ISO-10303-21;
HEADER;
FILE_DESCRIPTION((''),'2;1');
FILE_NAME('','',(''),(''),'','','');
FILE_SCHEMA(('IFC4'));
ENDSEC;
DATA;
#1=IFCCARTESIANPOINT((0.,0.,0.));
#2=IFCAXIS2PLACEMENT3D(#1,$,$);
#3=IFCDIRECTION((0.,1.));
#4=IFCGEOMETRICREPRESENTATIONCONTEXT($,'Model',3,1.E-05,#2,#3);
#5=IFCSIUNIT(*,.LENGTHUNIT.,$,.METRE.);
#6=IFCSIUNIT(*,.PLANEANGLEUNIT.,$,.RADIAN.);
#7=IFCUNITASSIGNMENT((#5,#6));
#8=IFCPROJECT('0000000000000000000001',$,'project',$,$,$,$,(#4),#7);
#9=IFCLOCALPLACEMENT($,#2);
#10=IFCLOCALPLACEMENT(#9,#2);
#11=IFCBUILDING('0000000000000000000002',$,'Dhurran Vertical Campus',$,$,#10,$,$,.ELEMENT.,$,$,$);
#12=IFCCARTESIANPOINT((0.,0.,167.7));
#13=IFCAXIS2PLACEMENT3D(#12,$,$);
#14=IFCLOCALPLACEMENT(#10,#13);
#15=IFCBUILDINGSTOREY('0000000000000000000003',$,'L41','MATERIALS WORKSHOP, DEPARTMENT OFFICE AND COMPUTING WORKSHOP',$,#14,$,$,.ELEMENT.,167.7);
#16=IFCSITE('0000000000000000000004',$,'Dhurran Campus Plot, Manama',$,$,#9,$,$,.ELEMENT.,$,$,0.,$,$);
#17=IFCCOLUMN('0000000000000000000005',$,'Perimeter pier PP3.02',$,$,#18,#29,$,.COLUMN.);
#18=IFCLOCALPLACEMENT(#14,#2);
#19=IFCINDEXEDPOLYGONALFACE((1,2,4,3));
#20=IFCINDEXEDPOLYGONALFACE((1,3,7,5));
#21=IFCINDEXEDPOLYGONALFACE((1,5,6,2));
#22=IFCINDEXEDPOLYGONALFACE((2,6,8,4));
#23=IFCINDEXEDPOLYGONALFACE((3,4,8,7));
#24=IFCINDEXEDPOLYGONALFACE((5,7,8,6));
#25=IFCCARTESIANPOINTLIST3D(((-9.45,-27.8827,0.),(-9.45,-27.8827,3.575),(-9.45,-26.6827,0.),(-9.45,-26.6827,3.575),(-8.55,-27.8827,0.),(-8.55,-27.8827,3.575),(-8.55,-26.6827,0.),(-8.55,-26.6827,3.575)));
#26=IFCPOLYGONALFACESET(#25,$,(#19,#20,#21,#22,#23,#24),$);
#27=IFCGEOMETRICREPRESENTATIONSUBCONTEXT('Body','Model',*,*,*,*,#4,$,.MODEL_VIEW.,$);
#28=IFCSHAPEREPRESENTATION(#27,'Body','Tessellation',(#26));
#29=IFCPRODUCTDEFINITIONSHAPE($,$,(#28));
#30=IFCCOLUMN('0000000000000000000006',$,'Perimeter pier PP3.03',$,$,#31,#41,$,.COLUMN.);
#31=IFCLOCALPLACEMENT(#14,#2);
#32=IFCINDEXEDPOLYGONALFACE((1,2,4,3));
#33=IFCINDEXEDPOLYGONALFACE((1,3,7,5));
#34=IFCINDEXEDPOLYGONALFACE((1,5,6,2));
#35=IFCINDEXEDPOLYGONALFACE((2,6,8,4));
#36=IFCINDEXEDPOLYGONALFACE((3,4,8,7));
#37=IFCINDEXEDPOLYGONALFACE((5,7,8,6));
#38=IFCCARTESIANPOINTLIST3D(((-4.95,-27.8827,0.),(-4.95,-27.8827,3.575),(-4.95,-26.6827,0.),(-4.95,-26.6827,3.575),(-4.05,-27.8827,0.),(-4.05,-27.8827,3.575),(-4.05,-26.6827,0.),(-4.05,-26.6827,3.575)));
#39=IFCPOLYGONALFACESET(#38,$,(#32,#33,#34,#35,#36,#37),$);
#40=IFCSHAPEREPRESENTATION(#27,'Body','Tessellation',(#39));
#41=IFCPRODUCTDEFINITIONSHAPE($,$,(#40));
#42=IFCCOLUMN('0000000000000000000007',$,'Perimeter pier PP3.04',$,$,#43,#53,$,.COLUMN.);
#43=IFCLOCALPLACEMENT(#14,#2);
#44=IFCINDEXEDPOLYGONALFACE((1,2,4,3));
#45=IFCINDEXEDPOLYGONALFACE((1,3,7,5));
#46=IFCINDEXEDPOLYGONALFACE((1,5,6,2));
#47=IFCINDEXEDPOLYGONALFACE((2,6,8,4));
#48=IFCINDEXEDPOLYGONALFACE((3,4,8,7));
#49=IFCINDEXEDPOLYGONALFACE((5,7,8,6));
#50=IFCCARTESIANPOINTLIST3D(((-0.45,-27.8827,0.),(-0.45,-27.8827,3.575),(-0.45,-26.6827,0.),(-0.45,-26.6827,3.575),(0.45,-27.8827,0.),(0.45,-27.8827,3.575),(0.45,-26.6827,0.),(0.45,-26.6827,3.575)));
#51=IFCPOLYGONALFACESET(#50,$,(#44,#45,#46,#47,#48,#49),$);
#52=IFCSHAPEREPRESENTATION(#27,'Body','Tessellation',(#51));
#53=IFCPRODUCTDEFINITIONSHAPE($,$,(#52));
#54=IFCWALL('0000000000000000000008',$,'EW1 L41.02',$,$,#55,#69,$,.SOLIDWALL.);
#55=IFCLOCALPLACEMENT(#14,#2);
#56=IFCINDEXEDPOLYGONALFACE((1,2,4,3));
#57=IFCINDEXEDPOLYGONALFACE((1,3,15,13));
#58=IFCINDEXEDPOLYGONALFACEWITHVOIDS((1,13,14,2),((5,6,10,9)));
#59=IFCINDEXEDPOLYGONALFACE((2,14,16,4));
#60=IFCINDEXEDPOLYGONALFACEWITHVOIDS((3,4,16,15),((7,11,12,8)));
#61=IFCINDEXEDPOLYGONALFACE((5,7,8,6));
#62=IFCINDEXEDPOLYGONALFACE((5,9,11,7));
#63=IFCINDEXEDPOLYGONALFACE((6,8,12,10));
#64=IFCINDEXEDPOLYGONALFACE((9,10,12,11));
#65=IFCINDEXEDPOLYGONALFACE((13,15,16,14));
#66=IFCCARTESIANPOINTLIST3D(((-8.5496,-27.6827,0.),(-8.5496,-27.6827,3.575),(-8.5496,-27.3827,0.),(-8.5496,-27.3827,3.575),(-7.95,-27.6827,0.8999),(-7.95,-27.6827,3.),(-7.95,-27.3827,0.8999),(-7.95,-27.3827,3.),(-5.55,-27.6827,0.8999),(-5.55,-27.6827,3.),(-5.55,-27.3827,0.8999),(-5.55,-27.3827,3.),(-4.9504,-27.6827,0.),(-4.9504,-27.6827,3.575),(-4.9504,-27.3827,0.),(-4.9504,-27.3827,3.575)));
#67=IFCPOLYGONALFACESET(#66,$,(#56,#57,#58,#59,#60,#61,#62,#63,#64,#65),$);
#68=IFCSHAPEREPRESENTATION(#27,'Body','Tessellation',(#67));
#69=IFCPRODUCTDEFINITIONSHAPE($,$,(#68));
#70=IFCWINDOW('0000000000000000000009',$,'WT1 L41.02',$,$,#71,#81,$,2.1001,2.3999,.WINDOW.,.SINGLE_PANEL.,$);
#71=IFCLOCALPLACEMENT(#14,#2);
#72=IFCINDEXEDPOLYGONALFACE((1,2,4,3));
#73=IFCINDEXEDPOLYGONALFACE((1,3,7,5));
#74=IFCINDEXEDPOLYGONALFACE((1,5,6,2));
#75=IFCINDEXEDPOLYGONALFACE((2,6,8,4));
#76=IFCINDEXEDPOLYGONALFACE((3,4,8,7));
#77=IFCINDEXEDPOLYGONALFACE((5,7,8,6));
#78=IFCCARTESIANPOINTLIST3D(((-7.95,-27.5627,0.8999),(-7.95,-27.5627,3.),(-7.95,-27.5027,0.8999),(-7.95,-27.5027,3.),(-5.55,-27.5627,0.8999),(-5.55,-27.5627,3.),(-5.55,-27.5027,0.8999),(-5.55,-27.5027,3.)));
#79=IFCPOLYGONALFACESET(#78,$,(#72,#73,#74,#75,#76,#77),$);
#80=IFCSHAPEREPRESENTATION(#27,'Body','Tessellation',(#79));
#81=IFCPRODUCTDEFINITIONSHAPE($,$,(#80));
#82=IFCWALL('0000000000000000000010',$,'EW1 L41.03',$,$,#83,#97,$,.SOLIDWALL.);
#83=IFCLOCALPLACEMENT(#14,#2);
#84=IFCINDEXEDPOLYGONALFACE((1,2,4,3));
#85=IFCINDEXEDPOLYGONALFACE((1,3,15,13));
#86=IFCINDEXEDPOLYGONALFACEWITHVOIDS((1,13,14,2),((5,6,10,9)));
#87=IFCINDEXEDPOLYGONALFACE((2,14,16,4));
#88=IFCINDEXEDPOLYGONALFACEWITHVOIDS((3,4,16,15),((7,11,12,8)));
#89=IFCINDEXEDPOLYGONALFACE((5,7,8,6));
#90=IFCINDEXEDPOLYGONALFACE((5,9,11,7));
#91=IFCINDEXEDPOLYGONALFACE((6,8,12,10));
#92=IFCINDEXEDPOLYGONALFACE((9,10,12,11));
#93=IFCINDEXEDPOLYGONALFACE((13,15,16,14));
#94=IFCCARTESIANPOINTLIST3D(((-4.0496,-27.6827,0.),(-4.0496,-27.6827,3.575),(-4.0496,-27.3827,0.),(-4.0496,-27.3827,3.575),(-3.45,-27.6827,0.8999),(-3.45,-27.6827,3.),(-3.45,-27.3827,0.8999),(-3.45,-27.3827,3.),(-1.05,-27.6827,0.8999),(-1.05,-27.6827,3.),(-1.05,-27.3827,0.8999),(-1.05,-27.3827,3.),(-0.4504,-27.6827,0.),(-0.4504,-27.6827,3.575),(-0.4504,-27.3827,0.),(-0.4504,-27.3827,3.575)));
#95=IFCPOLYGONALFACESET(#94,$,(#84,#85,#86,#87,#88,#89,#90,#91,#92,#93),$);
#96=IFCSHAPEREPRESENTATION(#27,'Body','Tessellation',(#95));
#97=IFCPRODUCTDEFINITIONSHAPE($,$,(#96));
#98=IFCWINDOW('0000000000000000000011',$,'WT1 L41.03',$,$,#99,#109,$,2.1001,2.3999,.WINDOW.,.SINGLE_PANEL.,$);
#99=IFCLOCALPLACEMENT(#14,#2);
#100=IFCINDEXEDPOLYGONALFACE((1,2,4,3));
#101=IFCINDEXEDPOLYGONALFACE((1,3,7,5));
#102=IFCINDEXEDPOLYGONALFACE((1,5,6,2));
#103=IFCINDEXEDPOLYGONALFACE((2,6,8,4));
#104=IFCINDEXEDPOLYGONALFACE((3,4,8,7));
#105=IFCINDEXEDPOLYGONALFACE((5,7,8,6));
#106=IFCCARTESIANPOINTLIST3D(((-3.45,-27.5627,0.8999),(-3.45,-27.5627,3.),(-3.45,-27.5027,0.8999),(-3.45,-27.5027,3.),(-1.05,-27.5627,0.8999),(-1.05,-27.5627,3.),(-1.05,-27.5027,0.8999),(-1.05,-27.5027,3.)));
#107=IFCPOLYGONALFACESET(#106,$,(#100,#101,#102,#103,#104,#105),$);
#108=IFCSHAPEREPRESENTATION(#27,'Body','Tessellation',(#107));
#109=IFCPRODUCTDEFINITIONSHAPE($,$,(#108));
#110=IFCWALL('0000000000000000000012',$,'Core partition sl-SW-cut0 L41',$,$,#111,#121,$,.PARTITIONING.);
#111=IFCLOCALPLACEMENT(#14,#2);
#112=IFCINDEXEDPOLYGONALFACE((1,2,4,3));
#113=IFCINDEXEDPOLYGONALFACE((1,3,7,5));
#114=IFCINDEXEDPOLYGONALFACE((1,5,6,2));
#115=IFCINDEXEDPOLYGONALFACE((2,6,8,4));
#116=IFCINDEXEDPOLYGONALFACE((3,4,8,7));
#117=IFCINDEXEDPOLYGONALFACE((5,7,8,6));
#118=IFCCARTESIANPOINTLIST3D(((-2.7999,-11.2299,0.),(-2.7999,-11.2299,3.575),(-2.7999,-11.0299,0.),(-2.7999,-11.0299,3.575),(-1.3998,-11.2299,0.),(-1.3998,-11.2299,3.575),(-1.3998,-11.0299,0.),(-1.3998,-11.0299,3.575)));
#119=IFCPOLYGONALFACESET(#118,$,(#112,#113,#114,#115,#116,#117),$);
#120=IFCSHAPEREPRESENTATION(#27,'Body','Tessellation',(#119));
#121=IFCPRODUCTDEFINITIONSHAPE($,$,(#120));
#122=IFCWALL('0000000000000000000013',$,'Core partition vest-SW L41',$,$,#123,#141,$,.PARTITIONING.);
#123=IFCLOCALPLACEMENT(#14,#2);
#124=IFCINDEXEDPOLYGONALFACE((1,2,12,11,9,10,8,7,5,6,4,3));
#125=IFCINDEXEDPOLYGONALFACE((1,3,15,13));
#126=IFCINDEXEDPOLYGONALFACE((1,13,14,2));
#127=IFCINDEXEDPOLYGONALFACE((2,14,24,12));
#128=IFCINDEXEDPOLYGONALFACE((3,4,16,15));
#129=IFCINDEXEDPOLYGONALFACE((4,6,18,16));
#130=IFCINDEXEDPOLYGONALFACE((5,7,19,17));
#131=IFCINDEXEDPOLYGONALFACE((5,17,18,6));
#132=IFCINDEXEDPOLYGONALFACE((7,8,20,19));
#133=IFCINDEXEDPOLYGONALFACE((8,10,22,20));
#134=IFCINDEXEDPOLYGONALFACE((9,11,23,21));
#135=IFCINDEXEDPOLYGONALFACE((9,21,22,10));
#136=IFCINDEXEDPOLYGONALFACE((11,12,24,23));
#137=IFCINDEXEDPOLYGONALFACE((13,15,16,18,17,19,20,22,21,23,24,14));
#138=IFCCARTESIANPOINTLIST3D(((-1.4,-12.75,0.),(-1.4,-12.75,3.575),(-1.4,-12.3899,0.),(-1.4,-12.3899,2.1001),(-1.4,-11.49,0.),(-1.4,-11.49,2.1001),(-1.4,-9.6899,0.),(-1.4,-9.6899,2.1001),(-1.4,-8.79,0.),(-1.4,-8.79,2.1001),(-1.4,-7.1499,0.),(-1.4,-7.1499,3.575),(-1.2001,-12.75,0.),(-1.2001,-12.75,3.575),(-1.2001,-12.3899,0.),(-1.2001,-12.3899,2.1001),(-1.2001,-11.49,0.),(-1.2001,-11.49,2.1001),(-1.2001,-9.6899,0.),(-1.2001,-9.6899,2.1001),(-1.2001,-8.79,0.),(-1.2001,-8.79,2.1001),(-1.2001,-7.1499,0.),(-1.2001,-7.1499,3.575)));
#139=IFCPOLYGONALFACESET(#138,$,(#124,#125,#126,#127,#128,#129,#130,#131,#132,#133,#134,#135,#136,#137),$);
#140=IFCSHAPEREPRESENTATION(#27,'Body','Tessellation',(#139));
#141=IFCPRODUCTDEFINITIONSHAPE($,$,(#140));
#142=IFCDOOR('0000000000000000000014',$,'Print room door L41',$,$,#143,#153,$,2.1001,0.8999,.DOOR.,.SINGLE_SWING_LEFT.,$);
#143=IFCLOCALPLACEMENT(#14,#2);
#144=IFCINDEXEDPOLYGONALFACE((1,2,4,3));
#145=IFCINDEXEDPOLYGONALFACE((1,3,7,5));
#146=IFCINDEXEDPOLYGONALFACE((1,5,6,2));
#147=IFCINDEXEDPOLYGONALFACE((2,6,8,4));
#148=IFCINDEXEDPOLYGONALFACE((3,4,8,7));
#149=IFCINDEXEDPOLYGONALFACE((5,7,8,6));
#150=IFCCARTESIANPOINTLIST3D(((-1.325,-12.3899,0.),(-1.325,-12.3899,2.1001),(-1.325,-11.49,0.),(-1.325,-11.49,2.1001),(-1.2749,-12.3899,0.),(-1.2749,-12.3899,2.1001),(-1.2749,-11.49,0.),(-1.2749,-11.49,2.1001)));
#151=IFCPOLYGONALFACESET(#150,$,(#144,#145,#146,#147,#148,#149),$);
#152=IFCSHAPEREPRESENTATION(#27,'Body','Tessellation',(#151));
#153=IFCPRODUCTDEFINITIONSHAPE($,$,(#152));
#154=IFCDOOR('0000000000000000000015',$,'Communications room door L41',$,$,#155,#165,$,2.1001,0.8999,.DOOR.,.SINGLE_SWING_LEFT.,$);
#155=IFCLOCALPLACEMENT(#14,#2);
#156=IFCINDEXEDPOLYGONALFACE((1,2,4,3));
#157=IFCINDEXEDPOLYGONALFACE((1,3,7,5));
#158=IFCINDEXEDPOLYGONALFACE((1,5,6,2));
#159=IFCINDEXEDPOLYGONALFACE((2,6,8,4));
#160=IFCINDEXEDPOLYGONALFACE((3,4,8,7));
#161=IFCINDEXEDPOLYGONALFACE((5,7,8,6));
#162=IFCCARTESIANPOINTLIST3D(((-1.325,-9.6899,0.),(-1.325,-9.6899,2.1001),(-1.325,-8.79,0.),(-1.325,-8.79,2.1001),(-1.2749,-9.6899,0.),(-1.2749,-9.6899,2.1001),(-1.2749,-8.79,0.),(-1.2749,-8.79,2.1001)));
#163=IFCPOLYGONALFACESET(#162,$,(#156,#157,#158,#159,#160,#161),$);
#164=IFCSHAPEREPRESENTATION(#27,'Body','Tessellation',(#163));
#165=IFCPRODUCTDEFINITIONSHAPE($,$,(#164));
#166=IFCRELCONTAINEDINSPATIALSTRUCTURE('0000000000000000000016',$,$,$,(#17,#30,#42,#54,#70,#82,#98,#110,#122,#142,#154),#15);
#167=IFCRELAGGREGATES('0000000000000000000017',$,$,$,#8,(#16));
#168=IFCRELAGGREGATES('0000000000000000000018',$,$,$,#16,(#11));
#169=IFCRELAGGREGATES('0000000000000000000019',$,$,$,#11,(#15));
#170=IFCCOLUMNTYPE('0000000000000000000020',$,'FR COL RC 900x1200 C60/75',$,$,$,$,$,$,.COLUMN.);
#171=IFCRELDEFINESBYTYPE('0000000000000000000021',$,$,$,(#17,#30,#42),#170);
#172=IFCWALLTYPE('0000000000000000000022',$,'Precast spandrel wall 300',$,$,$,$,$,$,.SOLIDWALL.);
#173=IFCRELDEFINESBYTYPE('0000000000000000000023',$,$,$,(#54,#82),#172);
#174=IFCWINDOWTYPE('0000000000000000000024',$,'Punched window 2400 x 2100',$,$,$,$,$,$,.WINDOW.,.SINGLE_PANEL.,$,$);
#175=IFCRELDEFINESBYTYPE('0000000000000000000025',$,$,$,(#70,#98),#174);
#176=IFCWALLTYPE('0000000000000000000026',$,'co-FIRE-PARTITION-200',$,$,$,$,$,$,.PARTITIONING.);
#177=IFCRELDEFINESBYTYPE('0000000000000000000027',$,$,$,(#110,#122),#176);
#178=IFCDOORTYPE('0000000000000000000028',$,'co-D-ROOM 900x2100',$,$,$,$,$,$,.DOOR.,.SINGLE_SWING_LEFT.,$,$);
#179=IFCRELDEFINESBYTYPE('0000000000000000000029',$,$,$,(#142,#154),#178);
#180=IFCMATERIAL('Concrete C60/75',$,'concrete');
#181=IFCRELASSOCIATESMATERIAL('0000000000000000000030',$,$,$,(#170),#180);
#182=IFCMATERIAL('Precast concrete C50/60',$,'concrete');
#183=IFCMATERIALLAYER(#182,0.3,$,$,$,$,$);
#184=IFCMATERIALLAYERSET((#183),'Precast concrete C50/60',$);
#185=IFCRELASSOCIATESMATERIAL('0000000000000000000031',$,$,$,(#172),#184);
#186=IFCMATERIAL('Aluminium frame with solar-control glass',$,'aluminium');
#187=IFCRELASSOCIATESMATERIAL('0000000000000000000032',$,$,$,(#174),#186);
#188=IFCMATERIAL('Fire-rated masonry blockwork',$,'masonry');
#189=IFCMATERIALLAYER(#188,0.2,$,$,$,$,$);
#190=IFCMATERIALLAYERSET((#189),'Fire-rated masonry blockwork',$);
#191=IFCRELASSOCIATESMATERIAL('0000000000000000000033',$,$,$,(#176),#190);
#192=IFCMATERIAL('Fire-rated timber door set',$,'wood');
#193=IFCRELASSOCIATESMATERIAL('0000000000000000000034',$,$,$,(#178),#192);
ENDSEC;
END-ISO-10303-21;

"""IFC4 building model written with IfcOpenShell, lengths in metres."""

from ifc_helpers import new_model, si_unit, direction, frame, frame_2d, origin, origin_2d, place, context, subcontext, project, spatial, rectangle, extrude, material, layer, layer_set, material_profile, profile_set, type_object, element, fill, save


model = new_model("IFC4")

# Units and contexts
model_context = context("Model", 3, precision=1e-05, world=origin(), true_north=direction((0.0, 1.0)))
body_context = subcontext(model_context, "Body", "Model", "MODEL_VIEW")
ifc_project = project(units=[si_unit("LENGTHUNIT", "METRE"), si_unit("PLANEANGLEUNIT", "RADIAN")], contexts=[model_context])

# Site, building, storey
site_placement = place(None, origin())
site = spatial("IfcSite", under=ifc_project, at=site_placement, Name="Dhurran Campus Plot, Manama", CompositionType="ELEMENT", RefElevation=0.0)
building_placement = place(site_placement, origin())
building = spatial("IfcBuilding", under=site, at=building_placement, Name="Dhurran Vertical Campus", CompositionType="ELEMENT")
storey_placement = place(building_placement, frame((0.0, 0.0, 167.7)))
storey = spatial("IfcBuildingStorey", under=building, at=storey_placement, Name="L41", Description="MATERIALS WORKSHOP, DEPARTMENT OFFICE AND COMPUTING WORKSHOP", CompositionType="ELEMENT", Elevation=167.7)

# Columns
ifc_material_1 = material(Name="Concrete C60/75", Category="concrete")
ifc_material_profile = material_profile(ifc_material_1, rectangle(XDim=0.8999, YDim=1.2, at=origin_2d()), Name="RC 900x1200")
ifc_profile_set = profile_set([ifc_material_profile], Name="Concrete C60/75")
column_type = type_object("IfcColumnType", Name="FR COL RC 900x1200 C60/75", PredefinedType="COLUMN", material=ifc_profile_set)
for number, where, z_axis, x_axis, name in (
    (1, (-9.0, -27.2827, 0.0), (0.0, 0.0, 1.0), (1.0, 0.0, 0.0), "Perimeter pier PP3.02"),
    (2, (-4.5, -27.2827, 0.0), (0.0, 0.0, 1.0), (1.0, 0.0, 0.0), "Perimeter pier PP3.03"),
    (3, (0.0, -27.2827, 0.0), (0.0, 0.0, 1.0), (1.0, 0.0, 0.0), "Perimeter pier PP3.04"),
):
    element("IfcColumn", number, at=place(storey_placement, frame(where, z_axis=z_axis, x_axis=x_axis)), inside=storey, type_object=column_type, Name=name, PredefinedType="COLUMN", context=body_context, shape_type="SweptSolid", body=[
        extrude(rectangle(XDim=0.8999, YDim=1.2, at=origin_2d()), origin(), (0.0, 0.0, 1.0), 3.575),
    ])

# Walls, openings, windows
ifc_material_2 = material(Name="Precast concrete C50/60", Category="concrete")
ifc_layer_1 = layer(ifc_material_2, 0.3)
ifc_layer_set_1 = layer_set([ifc_layer_1], Name="Precast concrete C50/60")
wall_type_1 = type_object("IfcWallType", Name="Precast spandrel wall 300", PredefinedType="SOLIDWALL", material=ifc_layer_set_1)
wall_1_placement = place(storey_placement, frame((-8.5496, -27.5327, 0.0), z_axis=(0.0, 0.0, 1.0), x_axis=(1.0, 0.0, 0.0)))
wall_1 = element("IfcWall", 4, at=wall_1_placement, inside=storey, type_object=wall_type_1, Name="EW1 L41.02", PredefinedType="SOLIDWALL", context=body_context, shape_type="SweptSolid", body=[
    extrude(rectangle(XDim=3.5991, YDim=0.3, at=frame_2d((1.7996, 0.0))), origin(), (0.0, 0.0, 1.0), 3.575),
])
opening_1_placement = place(wall_1_placement, frame((0.5996, 0.0, 0.8999)))
opening_1 = element("IfcOpeningElement", 5, at=opening_1_placement, cuts=wall_1, PredefinedType="OPENING", context=body_context, shape_type="SweptSolid", body=[
    extrude(rectangle(XDim=2.3999, YDim=2.1001, at=frame_2d((1.2, 1.05))), frame((0.0, 0.1599, 0.0), z_axis=(0.0, -1.0, 0.0), x_axis=(1.0, 0.0, 0.0)), (0.0, 0.0, 1.0), 0.3201),
])
ifc_material_3 = material(Name="Aluminium frame with solar-control glass", Category="aluminium")
window_type = type_object("IfcWindowType", Name="Punched window 2400 x 2100", PartitioningType="SINGLE_PANEL", PredefinedType="WINDOW", material=ifc_material_3)
window_1_placement = place(opening_1_placement, origin())
window_1 = element("IfcWindow", 6, at=window_1_placement, inside=storey, type_object=window_type, Name="WT1 L41.02", OverallHeight=2.1001, OverallWidth=2.3999, PartitioningType="SINGLE_PANEL", PredefinedType="WINDOW", context=body_context, shape_type="SweptSolid", body=[
    extrude(rectangle(XDim=2.3999, YDim=2.1001, at=frame_2d((1.2, 1.05))), frame((0.0, 0.03, 0.0), z_axis=(0.0, -1.0, 0.0), x_axis=(1.0, 0.0, 0.0)), (0.0, 0.0, 1.0), 0.0601),
])
fill(opening_1, window_1)
wall_2_placement = place(storey_placement, frame((-4.0496, -27.5327, 0.0), z_axis=(0.0, 0.0, 1.0), x_axis=(1.0, 0.0, 0.0)))
wall_2 = element("IfcWall", 7, at=wall_2_placement, inside=storey, type_object=wall_type_1, Name="EW1 L41.03", PredefinedType="SOLIDWALL", context=body_context, shape_type="SweptSolid", body=[
    extrude(rectangle(XDim=3.5991, YDim=0.3, at=frame_2d((1.7996, 0.0))), origin(), (0.0, 0.0, 1.0), 3.575),
])
opening_2_placement = place(wall_2_placement, frame((0.5996, 0.0, 0.8999)))
opening_2 = element("IfcOpeningElement", 8, at=opening_2_placement, cuts=wall_2, PredefinedType="OPENING", context=body_context, shape_type="SweptSolid", body=[
    extrude(rectangle(XDim=2.3999, YDim=2.1001, at=frame_2d((1.2, 1.05))), frame((0.0, 0.1599, 0.0), z_axis=(0.0, -1.0, 0.0), x_axis=(1.0, 0.0, 0.0)), (0.0, 0.0, 1.0), 0.3201),
])
window_2_placement = place(opening_2_placement, origin())
window_2 = element("IfcWindow", 9, at=window_2_placement, inside=storey, type_object=window_type, Name="WT1 L41.03", OverallHeight=2.1001, OverallWidth=2.3999, PartitioningType="SINGLE_PANEL", PredefinedType="WINDOW", context=body_context, shape_type="SweptSolid", body=[
    extrude(rectangle(XDim=2.3999, YDim=2.1001, at=frame_2d((1.2, 1.05))), frame((0.0, 0.03, 0.0), z_axis=(0.0, -1.0, 0.0), x_axis=(1.0, 0.0, 0.0)), (0.0, 0.0, 1.0), 0.0601),
])
fill(opening_2, window_2)

# Wall
ifc_material_4 = material(Name="Fire-rated masonry blockwork", Category="masonry")
ifc_layer_2 = layer(ifc_material_4, 0.2)
ifc_layer_set_2 = layer_set([ifc_layer_2], Name="Fire-rated masonry blockwork")
wall_type_2 = type_object("IfcWallType", Name="co-FIRE-PARTITION-200", PredefinedType="PARTITIONING", material=ifc_layer_set_2)
wall_3_placement = place(storey_placement, frame((-2.8, -11.1299, 0.0), z_axis=(0.0, 0.0, 1.0), x_axis=(1.0, 0.0, 0.0)))
element("IfcWall", 10, at=wall_3_placement, inside=storey, type_object=wall_type_2, Name="Core partition sl-SW-cut0 L41", PredefinedType="PARTITIONING", context=body_context, shape_type="SweptSolid", body=[
    extrude(rectangle(XDim=1.4001, YDim=0.2, at=frame_2d((0.7002, 0.0))), origin(), (0.0, 0.0, 1.0), 3.575),
])

# Wall, openings, doors
wall_4_placement = place(storey_placement, frame((-1.3, -12.75, 0.0), z_axis=(0.0, 0.0, 1.0), x_axis=(0.0, 1.0, 0.0)))
wall_4 = element("IfcWall", 11, at=wall_4_placement, inside=storey, type_object=wall_type_2, Name="Core partition vest-SW L41", PredefinedType="PARTITIONING", context=body_context, shape_type="SweptSolid", body=[
    extrude(rectangle(XDim=5.6001, YDim=0.2, at=frame_2d((2.8, 0.0))), origin(), (0.0, 0.0, 1.0), 3.575),
])
opening_3_placement = place(wall_4_placement, frame((0.3601, 0.0, 0.0)))
opening_3 = element("IfcOpeningElement", 12, at=opening_3_placement, cuts=wall_4, PredefinedType="OPENING", context=body_context, shape_type="SweptSolid", body=[
    extrude(rectangle(XDim=0.8999, YDim=2.1001, at=frame_2d((0.45, 1.05))), frame((0.0, 0.1099, 0.0), z_axis=(0.0, -1.0, 0.0), x_axis=(1.0, 0.0, 0.0)), (0.0, 0.0, 1.0), 0.22),
])
opening_4_placement = place(wall_4_placement, frame((3.0601, 0.0, 0.0)))
opening_4 = element("IfcOpeningElement", 13, at=opening_4_placement, cuts=wall_4, PredefinedType="OPENING", context=body_context, shape_type="SweptSolid", body=[
    extrude(rectangle(XDim=0.8999, YDim=2.1001, at=frame_2d((0.45, 1.05))), frame((0.0, 0.1099, 0.0), z_axis=(0.0, -1.0, 0.0), x_axis=(1.0, 0.0, 0.0)), (0.0, 0.0, 1.0), 0.22),
])
ifc_material_5 = material(Name="Fire-rated timber door set", Category="wood")
door_type_1 = type_object("IfcDoorType", Name="co-D-ROOM 900x2100", OperationType="SINGLE_SWING_LEFT", PredefinedType="DOOR", material=ifc_material_5)
door_1_placement = place(opening_3_placement, origin())
door_1 = element("IfcDoor", 14, at=door_1_placement, inside=storey, type_object=door_type_1, Name="Print room door L41", OperationType="SINGLE_SWING_LEFT", OverallHeight=2.1001, OverallWidth=0.8999, PredefinedType="DOOR", context=body_context, shape_type="SweptSolid", body=[
    extrude(rectangle(XDim=0.8999, YDim=2.1001, at=frame_2d((0.45, 1.05))), frame((0.0, 0.0249, 0.0), z_axis=(0.0, -1.0, 0.0), x_axis=(1.0, 0.0, 0.0)), (0.0, 0.0, 1.0), 0.05),
])
fill(opening_3, door_1)
door_2_placement = place(opening_4_placement, origin())
door_2 = element("IfcDoor", 15, at=door_2_placement, inside=storey, type_object=door_type_1, Name="Communications room door L41", OperationType="SINGLE_SWING_LEFT", OverallHeight=2.1001, OverallWidth=0.8999, PredefinedType="DOOR", context=body_context, shape_type="SweptSolid", body=[
    extrude(rectangle(XDim=0.8999, YDim=2.1001, at=frame_2d((0.45, 1.05))), frame((0.0, 0.0249, 0.0), z_axis=(0.0, -1.0, 0.0), x_axis=(1.0, 0.0, 0.0)), (0.0, 0.0, 1.0), 0.05),
])
fill(opening_4, door_2)

save(model, "model.ifc")
